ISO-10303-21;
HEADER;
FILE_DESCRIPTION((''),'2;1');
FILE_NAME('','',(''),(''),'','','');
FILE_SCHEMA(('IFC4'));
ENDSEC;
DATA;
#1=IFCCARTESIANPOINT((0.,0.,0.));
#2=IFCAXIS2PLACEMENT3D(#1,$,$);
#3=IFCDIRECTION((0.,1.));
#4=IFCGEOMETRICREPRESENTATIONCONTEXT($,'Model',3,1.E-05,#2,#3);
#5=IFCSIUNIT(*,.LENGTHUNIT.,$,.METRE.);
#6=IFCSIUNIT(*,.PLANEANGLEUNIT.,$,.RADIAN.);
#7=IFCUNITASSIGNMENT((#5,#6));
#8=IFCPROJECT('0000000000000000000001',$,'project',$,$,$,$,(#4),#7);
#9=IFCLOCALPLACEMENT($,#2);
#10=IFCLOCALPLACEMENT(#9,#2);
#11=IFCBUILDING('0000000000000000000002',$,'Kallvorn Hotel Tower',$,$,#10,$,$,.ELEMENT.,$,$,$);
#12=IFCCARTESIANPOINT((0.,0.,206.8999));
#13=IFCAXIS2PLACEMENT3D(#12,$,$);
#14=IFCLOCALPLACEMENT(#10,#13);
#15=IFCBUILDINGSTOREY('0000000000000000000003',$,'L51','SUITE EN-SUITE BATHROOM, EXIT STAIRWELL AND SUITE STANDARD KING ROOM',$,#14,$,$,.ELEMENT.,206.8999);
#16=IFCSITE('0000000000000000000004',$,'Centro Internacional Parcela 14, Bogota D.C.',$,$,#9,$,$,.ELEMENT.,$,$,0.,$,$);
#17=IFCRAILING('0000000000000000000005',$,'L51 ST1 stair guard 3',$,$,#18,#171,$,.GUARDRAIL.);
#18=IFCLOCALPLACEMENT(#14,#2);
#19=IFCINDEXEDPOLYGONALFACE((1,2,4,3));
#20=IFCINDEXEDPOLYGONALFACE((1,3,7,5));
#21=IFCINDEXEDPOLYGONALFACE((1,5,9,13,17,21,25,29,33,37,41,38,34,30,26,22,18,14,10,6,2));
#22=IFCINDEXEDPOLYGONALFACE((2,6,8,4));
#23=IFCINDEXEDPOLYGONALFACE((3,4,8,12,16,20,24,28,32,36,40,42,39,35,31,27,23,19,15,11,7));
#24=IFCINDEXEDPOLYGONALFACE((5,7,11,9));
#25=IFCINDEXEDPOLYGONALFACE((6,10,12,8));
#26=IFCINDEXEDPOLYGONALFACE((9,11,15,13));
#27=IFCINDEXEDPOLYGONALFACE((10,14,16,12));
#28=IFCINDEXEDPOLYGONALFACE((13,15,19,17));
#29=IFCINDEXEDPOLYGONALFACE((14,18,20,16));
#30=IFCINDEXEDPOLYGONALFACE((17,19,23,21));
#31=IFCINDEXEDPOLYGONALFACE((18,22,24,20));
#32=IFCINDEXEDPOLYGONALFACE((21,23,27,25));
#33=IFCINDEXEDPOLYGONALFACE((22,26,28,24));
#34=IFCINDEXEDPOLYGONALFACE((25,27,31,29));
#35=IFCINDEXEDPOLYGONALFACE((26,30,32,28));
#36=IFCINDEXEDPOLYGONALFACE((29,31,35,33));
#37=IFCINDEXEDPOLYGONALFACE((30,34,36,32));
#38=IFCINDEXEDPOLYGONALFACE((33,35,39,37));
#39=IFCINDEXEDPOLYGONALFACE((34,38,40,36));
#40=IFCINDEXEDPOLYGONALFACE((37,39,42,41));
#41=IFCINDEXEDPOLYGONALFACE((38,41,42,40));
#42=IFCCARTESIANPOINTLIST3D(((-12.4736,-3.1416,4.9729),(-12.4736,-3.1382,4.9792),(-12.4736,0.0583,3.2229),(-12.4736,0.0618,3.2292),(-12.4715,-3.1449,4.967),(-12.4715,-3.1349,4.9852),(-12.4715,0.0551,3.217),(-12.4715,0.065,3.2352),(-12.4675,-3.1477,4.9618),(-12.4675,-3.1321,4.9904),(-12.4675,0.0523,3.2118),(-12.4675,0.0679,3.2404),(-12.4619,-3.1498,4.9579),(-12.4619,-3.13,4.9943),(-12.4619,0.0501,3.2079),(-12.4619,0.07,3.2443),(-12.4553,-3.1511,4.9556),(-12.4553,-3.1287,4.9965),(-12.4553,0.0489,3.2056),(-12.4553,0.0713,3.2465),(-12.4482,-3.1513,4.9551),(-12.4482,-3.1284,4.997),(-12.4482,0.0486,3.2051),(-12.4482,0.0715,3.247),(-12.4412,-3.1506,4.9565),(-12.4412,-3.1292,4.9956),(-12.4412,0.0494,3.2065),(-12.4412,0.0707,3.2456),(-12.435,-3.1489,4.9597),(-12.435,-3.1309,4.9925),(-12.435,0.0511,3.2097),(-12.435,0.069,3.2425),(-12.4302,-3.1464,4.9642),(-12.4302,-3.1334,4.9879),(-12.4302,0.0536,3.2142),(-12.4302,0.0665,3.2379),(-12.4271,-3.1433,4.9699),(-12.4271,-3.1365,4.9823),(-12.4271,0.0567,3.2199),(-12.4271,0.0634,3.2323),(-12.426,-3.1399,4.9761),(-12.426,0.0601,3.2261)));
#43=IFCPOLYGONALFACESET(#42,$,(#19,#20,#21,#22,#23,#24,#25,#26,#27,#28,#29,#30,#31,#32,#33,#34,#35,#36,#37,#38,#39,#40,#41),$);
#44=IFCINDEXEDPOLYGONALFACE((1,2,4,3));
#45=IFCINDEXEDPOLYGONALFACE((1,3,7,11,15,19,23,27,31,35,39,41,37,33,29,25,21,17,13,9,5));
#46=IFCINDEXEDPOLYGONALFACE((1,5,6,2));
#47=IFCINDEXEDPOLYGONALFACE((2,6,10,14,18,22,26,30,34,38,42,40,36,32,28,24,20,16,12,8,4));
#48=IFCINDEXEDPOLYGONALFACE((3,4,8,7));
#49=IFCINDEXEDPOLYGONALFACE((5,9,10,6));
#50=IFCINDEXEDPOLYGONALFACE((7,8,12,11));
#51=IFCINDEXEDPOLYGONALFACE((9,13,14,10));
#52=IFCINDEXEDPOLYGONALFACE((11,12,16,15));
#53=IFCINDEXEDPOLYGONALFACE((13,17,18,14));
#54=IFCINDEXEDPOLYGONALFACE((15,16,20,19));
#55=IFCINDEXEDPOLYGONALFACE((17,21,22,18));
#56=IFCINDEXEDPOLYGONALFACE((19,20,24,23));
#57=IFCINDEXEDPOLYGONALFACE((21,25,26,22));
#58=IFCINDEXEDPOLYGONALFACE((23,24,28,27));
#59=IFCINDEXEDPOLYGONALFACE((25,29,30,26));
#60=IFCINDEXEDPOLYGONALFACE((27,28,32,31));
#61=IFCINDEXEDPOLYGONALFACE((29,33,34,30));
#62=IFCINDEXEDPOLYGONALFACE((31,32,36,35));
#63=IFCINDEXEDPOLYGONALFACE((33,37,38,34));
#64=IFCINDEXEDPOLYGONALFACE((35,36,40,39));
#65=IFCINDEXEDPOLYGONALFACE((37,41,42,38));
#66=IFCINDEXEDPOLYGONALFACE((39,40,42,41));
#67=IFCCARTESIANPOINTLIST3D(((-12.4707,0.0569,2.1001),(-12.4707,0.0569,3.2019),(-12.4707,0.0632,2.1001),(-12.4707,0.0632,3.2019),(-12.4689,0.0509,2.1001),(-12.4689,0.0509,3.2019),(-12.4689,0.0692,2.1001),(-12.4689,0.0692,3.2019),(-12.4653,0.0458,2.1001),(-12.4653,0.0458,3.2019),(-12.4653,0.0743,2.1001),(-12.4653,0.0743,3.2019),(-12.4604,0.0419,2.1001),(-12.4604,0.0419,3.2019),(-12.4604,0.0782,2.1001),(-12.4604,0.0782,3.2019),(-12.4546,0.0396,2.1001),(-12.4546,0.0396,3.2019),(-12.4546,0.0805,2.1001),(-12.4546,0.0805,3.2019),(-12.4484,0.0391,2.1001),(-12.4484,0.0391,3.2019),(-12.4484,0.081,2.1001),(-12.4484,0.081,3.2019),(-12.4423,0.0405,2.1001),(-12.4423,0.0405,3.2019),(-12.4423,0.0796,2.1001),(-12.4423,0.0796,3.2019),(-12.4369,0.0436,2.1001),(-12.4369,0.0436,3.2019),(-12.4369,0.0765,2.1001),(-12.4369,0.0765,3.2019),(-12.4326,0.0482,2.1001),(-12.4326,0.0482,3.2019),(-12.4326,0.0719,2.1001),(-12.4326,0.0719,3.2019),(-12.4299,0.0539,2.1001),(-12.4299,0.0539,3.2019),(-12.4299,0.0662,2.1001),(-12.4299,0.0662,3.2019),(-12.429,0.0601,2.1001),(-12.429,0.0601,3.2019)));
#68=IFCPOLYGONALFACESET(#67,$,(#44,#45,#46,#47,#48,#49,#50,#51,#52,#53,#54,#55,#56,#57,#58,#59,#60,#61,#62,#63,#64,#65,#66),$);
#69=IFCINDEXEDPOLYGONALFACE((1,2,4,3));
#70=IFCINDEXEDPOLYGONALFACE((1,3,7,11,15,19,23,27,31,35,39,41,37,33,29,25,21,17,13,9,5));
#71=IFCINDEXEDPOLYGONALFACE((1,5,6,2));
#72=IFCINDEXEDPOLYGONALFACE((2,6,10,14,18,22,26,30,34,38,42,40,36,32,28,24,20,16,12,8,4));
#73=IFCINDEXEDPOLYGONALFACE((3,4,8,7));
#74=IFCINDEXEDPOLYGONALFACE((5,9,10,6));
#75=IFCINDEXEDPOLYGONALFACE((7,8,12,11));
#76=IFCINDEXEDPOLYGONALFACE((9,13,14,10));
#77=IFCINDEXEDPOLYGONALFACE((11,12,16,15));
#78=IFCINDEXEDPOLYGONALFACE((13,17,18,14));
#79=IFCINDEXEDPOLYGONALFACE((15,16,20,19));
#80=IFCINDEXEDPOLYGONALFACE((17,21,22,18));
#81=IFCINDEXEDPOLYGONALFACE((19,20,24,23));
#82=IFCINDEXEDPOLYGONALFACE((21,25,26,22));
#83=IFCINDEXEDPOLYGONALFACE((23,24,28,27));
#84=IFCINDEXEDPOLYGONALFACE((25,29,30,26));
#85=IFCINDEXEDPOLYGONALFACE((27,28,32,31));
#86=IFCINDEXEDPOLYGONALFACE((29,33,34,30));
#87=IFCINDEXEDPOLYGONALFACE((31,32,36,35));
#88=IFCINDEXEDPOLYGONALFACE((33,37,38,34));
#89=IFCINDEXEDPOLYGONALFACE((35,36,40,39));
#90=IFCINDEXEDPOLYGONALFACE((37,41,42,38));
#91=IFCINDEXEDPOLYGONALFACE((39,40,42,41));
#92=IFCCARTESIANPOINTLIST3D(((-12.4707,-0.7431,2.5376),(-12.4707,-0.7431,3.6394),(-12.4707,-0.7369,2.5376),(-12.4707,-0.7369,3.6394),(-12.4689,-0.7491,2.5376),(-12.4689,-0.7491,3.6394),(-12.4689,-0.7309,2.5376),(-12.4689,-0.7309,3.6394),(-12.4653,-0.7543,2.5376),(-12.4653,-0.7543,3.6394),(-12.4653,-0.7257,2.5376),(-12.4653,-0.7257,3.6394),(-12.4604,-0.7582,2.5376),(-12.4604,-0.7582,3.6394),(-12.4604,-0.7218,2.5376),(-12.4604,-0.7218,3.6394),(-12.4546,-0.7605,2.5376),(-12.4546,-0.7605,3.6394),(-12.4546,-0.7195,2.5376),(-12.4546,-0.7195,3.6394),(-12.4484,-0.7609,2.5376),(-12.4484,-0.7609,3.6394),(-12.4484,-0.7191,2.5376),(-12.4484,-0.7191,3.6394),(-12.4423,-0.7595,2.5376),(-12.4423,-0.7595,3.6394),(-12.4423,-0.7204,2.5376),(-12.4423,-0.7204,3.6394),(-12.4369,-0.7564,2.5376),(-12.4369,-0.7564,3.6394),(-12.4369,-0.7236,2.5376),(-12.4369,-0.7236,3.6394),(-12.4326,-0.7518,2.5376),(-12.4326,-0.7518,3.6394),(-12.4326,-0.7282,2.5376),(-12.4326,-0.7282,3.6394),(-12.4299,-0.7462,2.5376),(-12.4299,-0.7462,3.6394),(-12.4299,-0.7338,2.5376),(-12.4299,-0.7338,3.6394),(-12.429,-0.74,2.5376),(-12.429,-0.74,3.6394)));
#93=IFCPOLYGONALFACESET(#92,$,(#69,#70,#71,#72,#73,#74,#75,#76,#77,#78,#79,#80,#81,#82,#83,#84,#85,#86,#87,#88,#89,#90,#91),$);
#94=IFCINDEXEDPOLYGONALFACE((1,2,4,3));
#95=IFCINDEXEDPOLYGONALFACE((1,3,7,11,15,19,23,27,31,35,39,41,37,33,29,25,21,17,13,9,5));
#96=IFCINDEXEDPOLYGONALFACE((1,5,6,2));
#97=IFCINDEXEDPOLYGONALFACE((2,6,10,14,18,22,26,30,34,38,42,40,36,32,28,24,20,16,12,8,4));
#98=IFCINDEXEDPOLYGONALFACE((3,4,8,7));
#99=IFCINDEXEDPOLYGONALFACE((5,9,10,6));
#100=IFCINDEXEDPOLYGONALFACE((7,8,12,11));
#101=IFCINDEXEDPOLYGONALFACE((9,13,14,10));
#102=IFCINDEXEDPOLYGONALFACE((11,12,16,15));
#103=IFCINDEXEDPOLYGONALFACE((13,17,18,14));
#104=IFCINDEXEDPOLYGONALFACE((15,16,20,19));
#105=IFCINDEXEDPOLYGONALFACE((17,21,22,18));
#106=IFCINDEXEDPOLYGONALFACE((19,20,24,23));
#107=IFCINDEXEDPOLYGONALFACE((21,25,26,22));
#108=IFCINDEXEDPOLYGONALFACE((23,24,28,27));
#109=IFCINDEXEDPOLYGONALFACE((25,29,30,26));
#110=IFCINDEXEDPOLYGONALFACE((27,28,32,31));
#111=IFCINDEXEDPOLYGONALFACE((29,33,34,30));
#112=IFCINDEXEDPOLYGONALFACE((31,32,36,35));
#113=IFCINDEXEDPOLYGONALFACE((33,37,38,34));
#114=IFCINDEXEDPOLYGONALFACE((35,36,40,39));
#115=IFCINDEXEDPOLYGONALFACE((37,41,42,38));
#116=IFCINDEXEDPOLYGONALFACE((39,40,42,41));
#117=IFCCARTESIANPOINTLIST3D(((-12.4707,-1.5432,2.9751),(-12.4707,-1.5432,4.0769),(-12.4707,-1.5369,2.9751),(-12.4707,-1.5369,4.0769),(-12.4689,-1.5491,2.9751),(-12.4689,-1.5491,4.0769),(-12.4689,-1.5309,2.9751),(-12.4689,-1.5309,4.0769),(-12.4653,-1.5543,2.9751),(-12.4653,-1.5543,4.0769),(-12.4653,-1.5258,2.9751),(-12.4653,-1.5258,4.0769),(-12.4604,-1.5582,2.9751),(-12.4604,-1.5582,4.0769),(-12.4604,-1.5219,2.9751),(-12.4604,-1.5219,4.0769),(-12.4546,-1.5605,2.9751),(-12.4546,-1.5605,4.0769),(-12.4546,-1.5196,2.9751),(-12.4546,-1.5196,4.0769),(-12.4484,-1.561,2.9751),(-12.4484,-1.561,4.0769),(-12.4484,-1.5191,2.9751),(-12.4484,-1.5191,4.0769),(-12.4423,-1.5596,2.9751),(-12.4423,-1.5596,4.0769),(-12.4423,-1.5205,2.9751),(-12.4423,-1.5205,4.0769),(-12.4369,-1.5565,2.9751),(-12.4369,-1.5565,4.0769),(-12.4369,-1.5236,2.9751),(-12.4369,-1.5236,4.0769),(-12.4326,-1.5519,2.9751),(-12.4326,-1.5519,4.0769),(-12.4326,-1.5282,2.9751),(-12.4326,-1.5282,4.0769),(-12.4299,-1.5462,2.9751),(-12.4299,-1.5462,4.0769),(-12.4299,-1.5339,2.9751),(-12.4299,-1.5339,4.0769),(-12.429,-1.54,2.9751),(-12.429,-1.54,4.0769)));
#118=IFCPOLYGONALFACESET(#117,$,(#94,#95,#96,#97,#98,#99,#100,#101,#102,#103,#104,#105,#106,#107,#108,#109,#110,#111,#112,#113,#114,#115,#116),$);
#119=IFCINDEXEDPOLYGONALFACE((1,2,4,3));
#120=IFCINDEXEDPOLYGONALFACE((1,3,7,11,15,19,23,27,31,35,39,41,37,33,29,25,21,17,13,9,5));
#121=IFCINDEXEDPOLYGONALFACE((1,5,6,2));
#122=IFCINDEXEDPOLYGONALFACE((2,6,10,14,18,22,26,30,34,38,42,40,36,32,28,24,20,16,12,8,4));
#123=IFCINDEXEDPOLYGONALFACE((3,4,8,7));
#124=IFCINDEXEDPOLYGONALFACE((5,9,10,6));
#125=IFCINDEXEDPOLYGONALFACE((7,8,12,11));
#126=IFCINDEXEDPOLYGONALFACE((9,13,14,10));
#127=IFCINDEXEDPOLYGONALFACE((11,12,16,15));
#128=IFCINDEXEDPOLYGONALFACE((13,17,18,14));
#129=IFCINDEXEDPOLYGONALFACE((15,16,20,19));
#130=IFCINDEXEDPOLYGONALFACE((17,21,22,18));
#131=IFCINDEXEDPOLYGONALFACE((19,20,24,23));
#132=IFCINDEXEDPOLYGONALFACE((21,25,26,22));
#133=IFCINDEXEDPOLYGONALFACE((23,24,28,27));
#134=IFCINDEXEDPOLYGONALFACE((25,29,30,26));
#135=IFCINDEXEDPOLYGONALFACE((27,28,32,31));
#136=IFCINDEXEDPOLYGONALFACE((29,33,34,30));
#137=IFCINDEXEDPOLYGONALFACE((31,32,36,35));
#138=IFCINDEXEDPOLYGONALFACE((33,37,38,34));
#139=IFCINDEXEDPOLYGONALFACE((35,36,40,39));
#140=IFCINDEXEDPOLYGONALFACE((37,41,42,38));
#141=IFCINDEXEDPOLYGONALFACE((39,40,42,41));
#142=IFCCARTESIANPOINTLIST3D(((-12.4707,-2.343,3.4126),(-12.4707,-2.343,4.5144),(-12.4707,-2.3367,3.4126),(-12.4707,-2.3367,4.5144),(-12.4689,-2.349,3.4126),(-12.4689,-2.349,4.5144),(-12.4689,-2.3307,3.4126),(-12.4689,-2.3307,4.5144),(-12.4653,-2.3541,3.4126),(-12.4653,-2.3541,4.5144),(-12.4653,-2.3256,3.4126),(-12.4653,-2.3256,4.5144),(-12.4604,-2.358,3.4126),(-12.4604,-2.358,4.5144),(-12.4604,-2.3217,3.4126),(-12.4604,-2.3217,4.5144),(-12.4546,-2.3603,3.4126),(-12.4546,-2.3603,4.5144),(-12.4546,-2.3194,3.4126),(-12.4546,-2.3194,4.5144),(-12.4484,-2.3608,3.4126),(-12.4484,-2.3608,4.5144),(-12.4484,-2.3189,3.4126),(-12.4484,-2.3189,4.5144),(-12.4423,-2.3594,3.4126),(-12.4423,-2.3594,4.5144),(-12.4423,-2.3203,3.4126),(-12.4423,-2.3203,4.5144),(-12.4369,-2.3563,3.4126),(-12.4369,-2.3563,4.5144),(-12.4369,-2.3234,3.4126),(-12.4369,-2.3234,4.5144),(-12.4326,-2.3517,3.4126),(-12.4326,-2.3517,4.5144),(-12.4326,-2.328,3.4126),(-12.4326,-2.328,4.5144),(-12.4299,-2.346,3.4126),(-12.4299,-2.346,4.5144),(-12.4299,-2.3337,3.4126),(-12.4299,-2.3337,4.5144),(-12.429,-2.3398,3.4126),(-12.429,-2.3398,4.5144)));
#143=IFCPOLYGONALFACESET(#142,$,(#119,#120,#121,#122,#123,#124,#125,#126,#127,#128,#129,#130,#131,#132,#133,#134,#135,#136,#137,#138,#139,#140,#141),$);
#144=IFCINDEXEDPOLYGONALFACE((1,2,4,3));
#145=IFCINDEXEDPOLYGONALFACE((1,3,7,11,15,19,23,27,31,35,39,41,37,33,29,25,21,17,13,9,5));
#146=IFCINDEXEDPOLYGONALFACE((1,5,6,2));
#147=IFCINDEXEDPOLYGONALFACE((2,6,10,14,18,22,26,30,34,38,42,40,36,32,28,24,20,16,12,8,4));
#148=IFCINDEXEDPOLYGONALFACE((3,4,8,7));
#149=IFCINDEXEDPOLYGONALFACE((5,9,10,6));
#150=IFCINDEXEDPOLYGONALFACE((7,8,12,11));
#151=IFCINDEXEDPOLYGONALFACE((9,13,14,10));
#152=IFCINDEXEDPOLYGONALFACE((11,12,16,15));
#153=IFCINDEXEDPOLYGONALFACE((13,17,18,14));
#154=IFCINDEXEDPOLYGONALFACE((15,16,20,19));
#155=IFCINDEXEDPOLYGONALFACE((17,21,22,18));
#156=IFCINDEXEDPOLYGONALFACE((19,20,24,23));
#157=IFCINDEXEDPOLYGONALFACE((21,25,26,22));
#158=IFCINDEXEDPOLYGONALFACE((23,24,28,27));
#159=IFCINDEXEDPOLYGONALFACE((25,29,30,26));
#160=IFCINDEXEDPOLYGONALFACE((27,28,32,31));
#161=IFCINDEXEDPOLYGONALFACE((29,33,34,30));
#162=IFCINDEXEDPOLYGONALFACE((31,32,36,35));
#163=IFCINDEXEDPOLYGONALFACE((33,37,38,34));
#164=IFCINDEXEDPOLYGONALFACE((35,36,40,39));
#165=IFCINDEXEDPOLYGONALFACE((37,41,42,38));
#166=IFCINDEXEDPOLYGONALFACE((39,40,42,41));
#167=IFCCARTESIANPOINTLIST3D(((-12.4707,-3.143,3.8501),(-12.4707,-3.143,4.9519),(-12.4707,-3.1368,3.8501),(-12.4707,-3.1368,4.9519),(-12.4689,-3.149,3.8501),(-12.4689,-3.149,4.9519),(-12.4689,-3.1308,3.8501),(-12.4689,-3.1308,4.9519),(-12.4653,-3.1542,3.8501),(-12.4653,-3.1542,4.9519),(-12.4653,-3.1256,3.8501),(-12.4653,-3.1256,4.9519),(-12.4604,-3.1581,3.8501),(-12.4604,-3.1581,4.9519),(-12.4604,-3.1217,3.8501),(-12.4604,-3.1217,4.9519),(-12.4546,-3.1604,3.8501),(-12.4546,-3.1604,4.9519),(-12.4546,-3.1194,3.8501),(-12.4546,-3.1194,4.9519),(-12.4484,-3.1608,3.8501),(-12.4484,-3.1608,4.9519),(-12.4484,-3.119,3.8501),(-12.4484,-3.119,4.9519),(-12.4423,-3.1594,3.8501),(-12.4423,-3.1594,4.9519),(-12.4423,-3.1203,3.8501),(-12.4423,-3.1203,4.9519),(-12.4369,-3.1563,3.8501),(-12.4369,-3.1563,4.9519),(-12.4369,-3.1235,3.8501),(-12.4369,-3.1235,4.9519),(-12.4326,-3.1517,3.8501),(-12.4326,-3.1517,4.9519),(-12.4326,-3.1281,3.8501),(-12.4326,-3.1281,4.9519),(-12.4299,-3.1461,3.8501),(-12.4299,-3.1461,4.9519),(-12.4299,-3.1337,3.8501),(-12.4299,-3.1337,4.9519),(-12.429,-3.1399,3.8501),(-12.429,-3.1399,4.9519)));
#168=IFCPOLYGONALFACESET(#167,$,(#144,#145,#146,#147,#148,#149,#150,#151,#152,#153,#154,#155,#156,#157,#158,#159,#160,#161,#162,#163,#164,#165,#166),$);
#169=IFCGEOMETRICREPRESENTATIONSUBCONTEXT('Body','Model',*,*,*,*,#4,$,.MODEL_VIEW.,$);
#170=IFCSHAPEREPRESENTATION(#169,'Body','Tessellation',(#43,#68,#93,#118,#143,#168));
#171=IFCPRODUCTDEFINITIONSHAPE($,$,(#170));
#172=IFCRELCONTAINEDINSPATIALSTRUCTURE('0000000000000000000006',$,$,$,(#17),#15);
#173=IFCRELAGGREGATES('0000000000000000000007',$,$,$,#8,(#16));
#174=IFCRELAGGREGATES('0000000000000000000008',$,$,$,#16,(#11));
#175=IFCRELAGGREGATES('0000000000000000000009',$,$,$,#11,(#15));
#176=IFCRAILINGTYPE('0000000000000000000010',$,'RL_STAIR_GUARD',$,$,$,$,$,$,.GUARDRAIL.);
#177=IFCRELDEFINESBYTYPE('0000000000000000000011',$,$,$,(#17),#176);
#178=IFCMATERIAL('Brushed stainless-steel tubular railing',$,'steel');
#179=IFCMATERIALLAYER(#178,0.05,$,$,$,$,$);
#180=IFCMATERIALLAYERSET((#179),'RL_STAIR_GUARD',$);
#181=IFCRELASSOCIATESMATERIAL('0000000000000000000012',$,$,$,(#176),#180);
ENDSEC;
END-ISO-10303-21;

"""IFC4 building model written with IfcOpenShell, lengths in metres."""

from ifc_helpers import new_model, si_unit, direction, frame, origin, origin_2d, place, context, subcontext, project, spatial, circle, extrude, material, layer, layer_set, type_object, element, save


model = new_model("IFC4")

# Units and contexts
model_context = context("Model", 3, precision=1e-05, world=origin(), true_north=direction((0.0, 1.0)))
body_context = subcontext(model_context, "Body", "Model", "MODEL_VIEW")
ifc_project = project(units=[si_unit("LENGTHUNIT", "METRE"), si_unit("PLANEANGLEUNIT", "RADIAN")], contexts=[model_context])

# Site, building, storey
site_placement = place(None, origin())
site = spatial("IfcSite", under=ifc_project, at=site_placement, Name="Centro Internacional Parcela 14, Bogota D.C.", CompositionType="ELEMENT", RefElevation=0.0)
building_placement = place(site_placement, origin())
building = spatial("IfcBuilding", under=site, at=building_placement, Name="Kallvorn Hotel Tower", CompositionType="ELEMENT")
storey_placement = place(building_placement, frame((0.0, 0.0, 206.8999)))
storey = spatial("IfcBuildingStorey", under=building, at=storey_placement, Name="L51", Description="SUITE EN-SUITE BATHROOM, EXIT STAIRWELL AND SUITE STANDARD KING ROOM", CompositionType="ELEMENT", Elevation=206.8999)

# Railing
ifc_material_1 = material(Name="Brushed stainless-steel tubular railing", Category="steel")
ifc_layer_1 = layer(ifc_material_1, 0.05)
ifc_layer_set_1 = layer_set([ifc_layer_1], Name="RL_STAIR_GUARD")
railing_type_1 = type_object("IfcRailingType", Name="RL_STAIR_GUARD", PredefinedType="GUARDRAIL", material=ifc_layer_set_1)
railing_1_placement = place(storey_placement, frame((-12.45, 0.0601, 2.1001)))
element("IfcRailing", 1, at=railing_1_placement, inside=storey, type_object=railing_type_1, Name="L51 ST1 stair guard 3", PredefinedType="GUARDRAIL", context=body_context, shape_type="SweptSolid", body=[
    extrude(circle(Radius=0.0239, at=origin_2d()), frame((0.0, 0.0, 1.126), z_axis=(0.0, -0.877368, 0.479818), x_axis=(1.0, 0.0, 0.0)), (0.0, 0.0, 1.0), 3.6472),
    extrude(circle(Radius=0.021, at=origin_2d()), origin(), (0.0, 0.0, 1.0), 1.1018),
    extrude(circle(Radius=0.021, at=origin_2d()), frame((0.0, -0.8, 0.4375)), (0.0, 0.0, 1.0), 1.1018),
    extrude(circle(Radius=0.021, at=origin_2d()), frame((0.0, -1.6001, 0.875)), (0.0, 0.0, 1.0), 1.1018),
    extrude(circle(Radius=0.021, at=origin_2d()), frame((0.0, -2.3999, 1.3125)), (0.0, 0.0, 1.0), 1.1018),
    extrude(circle(Radius=0.021, at=origin_2d()), frame((0.0, -3.2, 1.75)), (0.0, 0.0, 1.0), 1.1018),
])

save(model, "model.ifc")
